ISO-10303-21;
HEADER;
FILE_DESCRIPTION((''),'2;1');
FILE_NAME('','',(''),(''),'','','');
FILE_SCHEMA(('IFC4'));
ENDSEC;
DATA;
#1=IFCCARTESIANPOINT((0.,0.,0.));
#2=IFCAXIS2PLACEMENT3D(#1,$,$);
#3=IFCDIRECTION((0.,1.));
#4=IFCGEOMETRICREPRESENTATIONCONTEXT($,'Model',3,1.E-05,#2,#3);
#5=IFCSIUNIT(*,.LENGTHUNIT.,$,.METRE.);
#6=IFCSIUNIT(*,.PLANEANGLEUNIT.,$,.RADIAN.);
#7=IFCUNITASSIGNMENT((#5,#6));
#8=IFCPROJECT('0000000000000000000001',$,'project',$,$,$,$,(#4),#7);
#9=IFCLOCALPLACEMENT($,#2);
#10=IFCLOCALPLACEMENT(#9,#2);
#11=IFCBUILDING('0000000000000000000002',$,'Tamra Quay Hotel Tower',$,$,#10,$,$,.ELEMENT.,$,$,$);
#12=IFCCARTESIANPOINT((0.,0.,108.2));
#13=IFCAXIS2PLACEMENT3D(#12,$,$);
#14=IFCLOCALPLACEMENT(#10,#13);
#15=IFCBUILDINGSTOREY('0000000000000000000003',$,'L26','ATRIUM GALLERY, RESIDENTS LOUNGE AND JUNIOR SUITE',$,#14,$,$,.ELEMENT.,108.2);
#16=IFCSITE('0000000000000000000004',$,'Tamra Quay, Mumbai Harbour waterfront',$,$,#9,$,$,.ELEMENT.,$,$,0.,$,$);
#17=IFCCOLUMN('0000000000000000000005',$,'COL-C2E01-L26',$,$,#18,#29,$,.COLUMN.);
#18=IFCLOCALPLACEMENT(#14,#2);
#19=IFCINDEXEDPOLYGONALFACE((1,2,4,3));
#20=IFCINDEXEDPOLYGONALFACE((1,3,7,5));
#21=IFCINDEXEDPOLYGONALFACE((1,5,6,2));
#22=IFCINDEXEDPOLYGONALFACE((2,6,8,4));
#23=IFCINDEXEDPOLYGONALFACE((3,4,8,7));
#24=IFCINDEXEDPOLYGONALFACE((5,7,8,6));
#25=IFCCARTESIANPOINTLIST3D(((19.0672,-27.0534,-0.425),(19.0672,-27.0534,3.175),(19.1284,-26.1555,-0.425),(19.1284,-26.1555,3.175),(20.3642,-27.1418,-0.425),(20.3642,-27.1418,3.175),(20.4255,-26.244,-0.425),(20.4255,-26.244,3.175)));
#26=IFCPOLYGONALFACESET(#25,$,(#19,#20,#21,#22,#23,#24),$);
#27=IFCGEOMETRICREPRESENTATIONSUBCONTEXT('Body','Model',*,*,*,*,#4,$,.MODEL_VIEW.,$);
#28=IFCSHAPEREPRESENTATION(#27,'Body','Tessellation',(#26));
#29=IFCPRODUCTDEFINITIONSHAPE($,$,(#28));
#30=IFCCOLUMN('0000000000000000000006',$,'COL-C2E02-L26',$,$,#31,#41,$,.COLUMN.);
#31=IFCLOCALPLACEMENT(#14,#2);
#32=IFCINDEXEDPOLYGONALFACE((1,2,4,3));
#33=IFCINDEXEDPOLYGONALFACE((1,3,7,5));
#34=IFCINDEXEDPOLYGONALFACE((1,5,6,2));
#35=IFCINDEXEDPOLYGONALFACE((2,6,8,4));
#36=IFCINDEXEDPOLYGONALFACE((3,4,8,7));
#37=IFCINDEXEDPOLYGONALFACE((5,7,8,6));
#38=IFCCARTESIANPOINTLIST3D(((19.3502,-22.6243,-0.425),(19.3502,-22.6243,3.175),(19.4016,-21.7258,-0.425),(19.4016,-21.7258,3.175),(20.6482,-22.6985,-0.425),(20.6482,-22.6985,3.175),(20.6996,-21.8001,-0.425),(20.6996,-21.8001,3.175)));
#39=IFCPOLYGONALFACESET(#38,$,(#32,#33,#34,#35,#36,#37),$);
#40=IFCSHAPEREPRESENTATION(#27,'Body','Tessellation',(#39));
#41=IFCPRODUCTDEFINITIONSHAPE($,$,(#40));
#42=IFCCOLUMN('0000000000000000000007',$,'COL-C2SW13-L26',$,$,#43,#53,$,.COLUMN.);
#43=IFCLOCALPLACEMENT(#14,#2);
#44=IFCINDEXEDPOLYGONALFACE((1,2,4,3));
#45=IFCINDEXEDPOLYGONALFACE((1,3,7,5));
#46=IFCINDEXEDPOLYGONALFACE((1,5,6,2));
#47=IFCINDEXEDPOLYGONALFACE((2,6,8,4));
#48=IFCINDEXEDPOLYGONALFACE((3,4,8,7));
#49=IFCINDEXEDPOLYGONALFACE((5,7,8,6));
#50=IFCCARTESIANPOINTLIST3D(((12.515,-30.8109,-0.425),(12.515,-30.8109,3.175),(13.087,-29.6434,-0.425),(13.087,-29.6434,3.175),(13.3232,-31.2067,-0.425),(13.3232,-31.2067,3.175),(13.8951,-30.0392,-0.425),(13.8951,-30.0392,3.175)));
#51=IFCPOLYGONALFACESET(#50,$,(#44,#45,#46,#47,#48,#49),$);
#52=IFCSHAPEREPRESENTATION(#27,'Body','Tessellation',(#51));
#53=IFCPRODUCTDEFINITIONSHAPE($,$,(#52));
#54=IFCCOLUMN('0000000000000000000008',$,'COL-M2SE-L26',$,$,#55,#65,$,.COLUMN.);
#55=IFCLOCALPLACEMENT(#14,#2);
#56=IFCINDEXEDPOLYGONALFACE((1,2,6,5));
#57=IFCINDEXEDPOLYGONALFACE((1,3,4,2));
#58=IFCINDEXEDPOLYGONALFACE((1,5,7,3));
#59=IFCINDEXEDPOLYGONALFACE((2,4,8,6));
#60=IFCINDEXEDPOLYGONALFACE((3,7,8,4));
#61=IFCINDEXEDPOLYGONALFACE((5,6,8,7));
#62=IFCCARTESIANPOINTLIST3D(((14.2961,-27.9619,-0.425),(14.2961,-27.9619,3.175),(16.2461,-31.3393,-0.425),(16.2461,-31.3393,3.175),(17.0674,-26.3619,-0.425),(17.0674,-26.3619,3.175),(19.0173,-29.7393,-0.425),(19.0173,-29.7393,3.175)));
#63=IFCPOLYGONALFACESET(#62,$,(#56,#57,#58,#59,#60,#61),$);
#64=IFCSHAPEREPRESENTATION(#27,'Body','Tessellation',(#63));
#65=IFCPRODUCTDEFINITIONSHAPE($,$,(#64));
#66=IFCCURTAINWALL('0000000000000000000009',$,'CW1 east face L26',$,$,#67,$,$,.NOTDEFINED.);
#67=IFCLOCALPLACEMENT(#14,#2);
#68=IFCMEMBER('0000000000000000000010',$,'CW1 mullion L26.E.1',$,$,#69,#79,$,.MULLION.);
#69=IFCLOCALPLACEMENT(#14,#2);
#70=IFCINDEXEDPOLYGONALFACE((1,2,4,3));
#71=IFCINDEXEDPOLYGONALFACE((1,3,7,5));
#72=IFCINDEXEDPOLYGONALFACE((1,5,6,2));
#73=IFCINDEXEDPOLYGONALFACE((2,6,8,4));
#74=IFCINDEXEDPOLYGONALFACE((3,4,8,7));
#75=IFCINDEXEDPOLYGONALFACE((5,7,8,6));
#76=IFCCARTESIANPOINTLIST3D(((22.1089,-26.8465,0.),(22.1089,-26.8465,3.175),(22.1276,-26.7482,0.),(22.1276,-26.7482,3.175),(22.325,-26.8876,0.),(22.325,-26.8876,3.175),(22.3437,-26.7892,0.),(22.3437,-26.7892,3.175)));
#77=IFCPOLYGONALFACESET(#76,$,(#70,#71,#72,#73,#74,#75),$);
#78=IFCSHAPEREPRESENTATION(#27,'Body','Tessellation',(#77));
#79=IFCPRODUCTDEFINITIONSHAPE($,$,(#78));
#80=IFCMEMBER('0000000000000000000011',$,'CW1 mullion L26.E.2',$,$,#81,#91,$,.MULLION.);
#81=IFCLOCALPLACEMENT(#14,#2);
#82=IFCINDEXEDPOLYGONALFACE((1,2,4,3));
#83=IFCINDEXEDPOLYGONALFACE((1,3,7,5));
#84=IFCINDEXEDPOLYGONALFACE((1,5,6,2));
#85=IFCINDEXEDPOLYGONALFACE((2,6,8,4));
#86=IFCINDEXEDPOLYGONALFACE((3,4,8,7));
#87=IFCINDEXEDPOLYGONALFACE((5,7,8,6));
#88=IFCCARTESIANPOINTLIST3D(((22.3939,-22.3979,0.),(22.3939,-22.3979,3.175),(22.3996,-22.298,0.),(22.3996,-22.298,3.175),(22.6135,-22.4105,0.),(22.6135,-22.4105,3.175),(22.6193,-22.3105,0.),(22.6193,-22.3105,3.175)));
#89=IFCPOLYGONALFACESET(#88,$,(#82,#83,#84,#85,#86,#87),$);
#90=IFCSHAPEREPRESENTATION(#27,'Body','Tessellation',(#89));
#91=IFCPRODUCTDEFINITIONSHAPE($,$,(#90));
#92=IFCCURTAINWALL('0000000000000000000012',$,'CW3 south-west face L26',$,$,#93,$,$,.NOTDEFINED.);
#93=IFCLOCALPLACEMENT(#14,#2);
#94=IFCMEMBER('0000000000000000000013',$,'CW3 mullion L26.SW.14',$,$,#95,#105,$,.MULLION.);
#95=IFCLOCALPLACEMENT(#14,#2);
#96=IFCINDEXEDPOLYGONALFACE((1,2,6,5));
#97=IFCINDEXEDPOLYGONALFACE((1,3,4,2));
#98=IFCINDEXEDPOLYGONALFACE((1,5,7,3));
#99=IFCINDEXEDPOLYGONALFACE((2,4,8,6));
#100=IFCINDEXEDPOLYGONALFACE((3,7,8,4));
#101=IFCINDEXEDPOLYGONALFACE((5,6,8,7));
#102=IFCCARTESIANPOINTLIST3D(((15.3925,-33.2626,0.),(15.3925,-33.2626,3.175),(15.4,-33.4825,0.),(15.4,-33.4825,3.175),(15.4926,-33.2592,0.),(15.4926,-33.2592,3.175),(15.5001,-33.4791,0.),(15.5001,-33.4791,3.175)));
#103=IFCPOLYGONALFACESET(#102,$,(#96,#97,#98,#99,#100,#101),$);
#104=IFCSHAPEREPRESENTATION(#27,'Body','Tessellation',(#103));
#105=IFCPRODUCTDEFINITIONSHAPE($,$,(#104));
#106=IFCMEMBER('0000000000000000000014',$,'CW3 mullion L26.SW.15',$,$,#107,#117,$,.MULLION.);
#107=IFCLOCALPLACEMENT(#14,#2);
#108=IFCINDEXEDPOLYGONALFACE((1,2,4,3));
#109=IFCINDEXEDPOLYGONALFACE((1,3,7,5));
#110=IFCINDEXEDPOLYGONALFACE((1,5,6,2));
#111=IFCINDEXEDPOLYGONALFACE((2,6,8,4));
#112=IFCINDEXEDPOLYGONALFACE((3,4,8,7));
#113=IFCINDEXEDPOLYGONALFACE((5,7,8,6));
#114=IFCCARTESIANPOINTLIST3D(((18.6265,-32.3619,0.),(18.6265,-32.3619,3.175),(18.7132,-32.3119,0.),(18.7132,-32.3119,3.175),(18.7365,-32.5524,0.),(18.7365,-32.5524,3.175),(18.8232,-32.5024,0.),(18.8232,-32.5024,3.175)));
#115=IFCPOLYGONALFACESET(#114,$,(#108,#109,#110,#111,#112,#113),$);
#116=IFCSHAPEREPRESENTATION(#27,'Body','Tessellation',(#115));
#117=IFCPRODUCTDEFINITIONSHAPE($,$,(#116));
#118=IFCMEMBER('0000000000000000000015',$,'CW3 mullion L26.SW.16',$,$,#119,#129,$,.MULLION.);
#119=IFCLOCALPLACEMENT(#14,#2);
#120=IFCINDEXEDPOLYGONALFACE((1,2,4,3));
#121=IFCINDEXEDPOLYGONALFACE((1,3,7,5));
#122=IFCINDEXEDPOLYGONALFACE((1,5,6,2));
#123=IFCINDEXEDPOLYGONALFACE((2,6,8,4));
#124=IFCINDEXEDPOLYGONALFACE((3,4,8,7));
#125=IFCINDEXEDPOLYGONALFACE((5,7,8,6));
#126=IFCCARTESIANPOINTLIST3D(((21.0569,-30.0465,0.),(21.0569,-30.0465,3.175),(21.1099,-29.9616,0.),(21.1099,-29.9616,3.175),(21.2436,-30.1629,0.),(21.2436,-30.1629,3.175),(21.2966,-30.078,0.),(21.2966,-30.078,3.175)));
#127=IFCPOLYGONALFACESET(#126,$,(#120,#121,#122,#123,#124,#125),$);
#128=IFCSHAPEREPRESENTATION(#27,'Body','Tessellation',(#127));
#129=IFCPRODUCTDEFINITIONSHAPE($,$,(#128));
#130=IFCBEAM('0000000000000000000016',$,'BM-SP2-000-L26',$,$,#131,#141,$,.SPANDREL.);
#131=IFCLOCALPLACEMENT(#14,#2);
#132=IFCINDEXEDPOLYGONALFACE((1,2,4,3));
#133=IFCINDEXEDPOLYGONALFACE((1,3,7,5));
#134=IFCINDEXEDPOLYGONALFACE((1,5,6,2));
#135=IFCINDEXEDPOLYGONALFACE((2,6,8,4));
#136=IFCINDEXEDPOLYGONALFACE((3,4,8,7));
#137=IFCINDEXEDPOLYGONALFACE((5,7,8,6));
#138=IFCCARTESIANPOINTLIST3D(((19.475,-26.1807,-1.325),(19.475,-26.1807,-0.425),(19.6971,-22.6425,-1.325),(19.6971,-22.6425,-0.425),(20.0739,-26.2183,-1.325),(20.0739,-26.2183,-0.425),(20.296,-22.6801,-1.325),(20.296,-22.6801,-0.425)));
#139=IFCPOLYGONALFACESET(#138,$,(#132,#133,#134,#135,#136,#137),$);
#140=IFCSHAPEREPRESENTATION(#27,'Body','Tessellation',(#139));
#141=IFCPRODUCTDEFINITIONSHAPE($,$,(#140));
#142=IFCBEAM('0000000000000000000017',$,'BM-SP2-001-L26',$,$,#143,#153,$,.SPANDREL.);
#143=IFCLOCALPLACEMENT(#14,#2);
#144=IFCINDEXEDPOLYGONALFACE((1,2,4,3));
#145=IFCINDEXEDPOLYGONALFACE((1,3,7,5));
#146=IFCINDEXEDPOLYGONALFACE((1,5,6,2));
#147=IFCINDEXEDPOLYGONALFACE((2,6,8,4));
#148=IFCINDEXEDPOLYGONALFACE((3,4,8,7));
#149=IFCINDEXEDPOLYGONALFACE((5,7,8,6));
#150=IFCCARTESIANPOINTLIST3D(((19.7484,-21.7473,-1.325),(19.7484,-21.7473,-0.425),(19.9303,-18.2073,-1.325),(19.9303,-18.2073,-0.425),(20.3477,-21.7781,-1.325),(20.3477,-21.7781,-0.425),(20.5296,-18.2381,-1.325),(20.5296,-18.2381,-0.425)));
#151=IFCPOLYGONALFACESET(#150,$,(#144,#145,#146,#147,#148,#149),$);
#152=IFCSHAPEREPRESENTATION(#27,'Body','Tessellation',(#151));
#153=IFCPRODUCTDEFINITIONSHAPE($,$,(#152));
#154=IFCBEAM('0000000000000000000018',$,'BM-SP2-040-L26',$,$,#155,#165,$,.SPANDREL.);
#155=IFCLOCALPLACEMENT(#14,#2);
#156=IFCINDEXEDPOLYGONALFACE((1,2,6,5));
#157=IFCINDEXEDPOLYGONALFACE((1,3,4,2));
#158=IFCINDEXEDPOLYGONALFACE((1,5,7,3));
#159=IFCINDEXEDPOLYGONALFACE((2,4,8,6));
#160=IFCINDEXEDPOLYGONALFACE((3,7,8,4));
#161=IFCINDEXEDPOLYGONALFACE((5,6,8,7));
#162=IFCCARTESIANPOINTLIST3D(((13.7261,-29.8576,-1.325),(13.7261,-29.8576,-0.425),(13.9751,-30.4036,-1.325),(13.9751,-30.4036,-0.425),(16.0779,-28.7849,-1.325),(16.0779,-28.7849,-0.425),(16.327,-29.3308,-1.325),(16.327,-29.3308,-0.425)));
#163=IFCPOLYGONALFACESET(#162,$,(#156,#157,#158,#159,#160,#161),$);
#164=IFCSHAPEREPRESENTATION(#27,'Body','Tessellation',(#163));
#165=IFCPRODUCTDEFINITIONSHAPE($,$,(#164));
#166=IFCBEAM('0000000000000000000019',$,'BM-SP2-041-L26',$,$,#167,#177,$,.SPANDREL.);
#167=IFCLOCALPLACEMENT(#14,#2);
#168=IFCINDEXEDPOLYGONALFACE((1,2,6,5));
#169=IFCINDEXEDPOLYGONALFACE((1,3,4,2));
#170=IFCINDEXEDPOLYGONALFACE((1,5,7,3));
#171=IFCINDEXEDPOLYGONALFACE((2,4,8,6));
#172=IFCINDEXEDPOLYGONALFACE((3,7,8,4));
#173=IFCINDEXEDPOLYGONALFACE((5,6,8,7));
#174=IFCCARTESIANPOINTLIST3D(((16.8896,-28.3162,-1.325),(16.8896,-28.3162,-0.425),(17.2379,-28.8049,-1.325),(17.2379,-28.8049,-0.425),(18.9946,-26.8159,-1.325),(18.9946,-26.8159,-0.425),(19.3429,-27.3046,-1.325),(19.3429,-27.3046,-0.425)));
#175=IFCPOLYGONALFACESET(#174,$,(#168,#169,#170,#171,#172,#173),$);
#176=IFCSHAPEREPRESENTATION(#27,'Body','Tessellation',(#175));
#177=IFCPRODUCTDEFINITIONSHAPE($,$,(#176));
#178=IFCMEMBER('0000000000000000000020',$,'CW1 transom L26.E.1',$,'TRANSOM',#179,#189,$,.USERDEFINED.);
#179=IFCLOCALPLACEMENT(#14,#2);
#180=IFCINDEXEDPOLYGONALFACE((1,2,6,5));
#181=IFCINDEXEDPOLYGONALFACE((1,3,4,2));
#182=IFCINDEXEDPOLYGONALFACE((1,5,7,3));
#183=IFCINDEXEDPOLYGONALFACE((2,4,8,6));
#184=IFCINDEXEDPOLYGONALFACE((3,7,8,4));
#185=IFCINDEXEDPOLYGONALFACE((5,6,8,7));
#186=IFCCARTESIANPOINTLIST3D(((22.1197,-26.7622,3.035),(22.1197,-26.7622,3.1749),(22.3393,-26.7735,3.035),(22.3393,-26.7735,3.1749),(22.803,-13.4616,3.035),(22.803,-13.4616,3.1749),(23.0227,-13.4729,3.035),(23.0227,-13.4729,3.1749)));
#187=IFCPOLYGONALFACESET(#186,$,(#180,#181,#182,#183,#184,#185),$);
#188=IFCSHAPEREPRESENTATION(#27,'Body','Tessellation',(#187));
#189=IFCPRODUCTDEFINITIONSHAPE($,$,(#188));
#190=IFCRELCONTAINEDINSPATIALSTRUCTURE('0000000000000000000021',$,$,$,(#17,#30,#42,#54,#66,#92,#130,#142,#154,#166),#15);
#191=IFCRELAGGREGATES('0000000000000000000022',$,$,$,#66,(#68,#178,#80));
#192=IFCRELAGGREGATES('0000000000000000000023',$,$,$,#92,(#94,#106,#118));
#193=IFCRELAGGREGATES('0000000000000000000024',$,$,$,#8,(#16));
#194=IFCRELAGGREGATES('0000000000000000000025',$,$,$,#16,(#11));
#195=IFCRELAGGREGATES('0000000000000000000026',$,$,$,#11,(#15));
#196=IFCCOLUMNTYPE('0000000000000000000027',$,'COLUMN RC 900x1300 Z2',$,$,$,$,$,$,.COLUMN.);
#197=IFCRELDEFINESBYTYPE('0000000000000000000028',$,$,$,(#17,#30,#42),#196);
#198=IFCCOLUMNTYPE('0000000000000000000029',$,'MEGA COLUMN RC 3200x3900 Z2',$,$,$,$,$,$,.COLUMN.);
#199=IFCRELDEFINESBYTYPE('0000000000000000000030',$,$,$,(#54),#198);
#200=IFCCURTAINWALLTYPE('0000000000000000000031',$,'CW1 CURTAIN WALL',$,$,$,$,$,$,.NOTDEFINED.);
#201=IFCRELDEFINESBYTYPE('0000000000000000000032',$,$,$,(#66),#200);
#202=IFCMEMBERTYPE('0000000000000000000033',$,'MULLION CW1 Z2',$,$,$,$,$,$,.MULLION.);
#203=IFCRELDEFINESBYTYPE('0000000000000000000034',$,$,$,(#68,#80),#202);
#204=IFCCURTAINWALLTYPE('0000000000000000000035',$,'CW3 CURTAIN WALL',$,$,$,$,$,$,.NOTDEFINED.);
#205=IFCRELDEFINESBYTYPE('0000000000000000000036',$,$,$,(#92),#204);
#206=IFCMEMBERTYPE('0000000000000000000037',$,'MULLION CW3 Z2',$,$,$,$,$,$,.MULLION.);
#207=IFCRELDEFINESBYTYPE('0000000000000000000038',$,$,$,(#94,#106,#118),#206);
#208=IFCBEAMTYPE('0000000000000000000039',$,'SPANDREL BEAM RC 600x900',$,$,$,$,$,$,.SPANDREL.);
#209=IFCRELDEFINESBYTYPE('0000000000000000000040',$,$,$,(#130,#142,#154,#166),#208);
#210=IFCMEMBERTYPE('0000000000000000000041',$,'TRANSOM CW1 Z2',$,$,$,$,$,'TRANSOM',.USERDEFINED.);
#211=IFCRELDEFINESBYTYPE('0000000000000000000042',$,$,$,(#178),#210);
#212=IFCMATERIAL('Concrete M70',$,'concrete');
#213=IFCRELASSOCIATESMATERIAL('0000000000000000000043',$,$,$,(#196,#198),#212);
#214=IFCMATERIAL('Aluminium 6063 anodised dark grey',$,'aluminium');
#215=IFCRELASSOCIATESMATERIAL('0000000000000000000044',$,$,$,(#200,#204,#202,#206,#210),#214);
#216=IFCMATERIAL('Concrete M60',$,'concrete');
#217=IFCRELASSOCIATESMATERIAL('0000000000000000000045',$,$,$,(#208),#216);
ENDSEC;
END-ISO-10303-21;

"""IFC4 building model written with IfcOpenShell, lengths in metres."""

from ifc_helpers import new_model, si_unit, direction, frame, origin, origin_2d, place, context, subcontext, project, spatial, rectangle, extrude, material, material_profile, profile_set, type_object, element, aggregate, save


model = new_model("IFC4")

# Units and contexts
model_context = context("Model", 3, precision=1e-05, world=origin(), true_north=direction((0.0, 1.0)))
body_context = subcontext(model_context, "Body", "Model", "MODEL_VIEW")
ifc_project = project(units=[si_unit("LENGTHUNIT", "METRE"), si_unit("PLANEANGLEUNIT", "RADIAN")], contexts=[model_context])

# Site, building, storey
site_placement = place(None, origin())
site = spatial("IfcSite", under=ifc_project, at=site_placement, Name="Tamra Quay, Mumbai Harbour waterfront", CompositionType="ELEMENT", RefElevation=0.0)
building_placement = place(site_placement, origin())
building = spatial("IfcBuilding", under=site, at=building_placement, Name="Tamra Quay Hotel Tower", CompositionType="ELEMENT")
storey_placement = place(building_placement, frame((0.0, 0.0, 108.2)))
storey = spatial("IfcBuildingStorey", under=building, at=storey_placement, Name="L26", Description="ATRIUM GALLERY, RESIDENTS LOUNGE AND JUNIOR SUITE", CompositionType="ELEMENT", Elevation=108.2)

# Columns
ifc_material_1 = material(Name="Concrete M70", Category="concrete")
ifc_material_profile_1 = material_profile(ifc_material_1, rectangle(XDim=1.3, YDim=0.8999, at=origin_2d()), Name="COLUMN RC 900x1300 Z2")
ifc_profile_set_1 = profile_set([ifc_material_profile_1], Name="Concrete M70")
column_type_1 = type_object("IfcColumnType", Name="COLUMN RC 900x1300 Z2", PredefinedType="COLUMN", material=ifc_profile_set_1)
for number, where, z_axis, x_axis, name in (
    (1, (19.7463, -26.6487, -0.425), (0.0, 0.0, 1.0), (-0.997682, 0.068041, 0.0), "COL-C2E01-L26"),
    (2, (20.0249, -22.2122, -0.425), (0.0, 0.0, 1.0), (-0.998368, 0.057108, 0.0), "COL-C2E02-L26"),
    (3, (13.2051, -30.425, -0.425), (0.0, 0.0, 1.0), (0.439916, 0.898039, 0.0), "COL-C2SW13-L26"),
):
    element("IfcColumn", number, at=place(storey_placement, frame(where, z_axis=z_axis, x_axis=x_axis)), inside=storey, type_object=column_type_1, Name=name, PredefinedType="COLUMN", context=body_context, shape_type="SweptSolid", body=[
        extrude(rectangle(XDim=1.3, YDim=0.8999, at=origin_2d()), origin(), (0.0, 0.0, 1.0), 3.6001),
    ])
ifc_material_profile_2 = material_profile(ifc_material_1, rectangle(XDim=3.8999, YDim=3.2, at=origin_2d()), Name="MEGA COLUMN RC 3200x3900 Z2")
ifc_profile_set_2 = profile_set([ifc_material_profile_2], Name="Concrete M70")
column_type_2 = type_object("IfcColumnType", Name="MEGA COLUMN RC 3200x3900 Z2", PredefinedType="COLUMN", material=ifc_profile_set_2)
column_placement = place(storey_placement, frame((16.6567, -28.8506, -0.425), z_axis=(0.0, 0.0, 1.0), x_axis=(-0.5, 0.866025, 0.0)))
element("IfcColumn", 4, at=column_placement, inside=storey, type_object=column_type_2, Name="COL-M2SE-L26", PredefinedType="COLUMN", context=body_context, shape_type="SweptSolid", body=[
    extrude(rectangle(XDim=3.8999, YDim=3.2, at=origin_2d()), origin(), (0.0, 0.0, 1.0), 3.6001),
])

# Curtain walls, members
ifc_material_2 = material(Name="Aluminium 6063 anodised dark grey", Category="aluminium")
curtain_wall_type_1 = type_object("IfcCurtainWallType", Name="CW1 CURTAIN WALL", PredefinedType="NOTDEFINED", material=ifc_material_2)
curtain_wall_1_placement = place(storey_placement, origin())
curtain_wall_1 = element("IfcCurtainWall", 5, at=curtain_wall_1_placement, inside=storey, type_object=curtain_wall_type_1, Name="CW1 east face L26", PredefinedType="NOTDEFINED")
ifc_material_profile_3 = material_profile(ifc_material_2, rectangle(XDim=0.22, YDim=0.1001, at=origin_2d()), Name="MULLION 100X220")
ifc_profile_set_3 = profile_set([ifc_material_profile_3], Name="Aluminium 6063 anodised dark grey")
member_type_1 = type_object("IfcMemberType", Name="MULLION CW1 Z2", PredefinedType="MULLION", material=ifc_profile_set_3)
member_1_placement = place(storey_placement, frame((22.2263, -26.8179, 0.0), z_axis=(0.0, 0.0, 1.0), x_axis=(0.982419, -0.186689, 0.0)))
member_1 = element("IfcMember", 6, at=member_1_placement, type_object=member_type_1, Name="CW1 mullion L26.E.1", PredefinedType="MULLION", context=body_context, shape_type="SweptSolid", body=[
    extrude(rectangle(XDim=0.22, YDim=0.1001, at=origin_2d()), origin(), (0.0, 0.0, 1.0), 3.175),
])
member_2_placement = place(storey_placement, frame((22.5066, -22.3542, 0.0), z_axis=(0.0, 0.0, 1.0), x_axis=(0.998374, -0.056996, 0.0)))
member_2 = element("IfcMember", 7, at=member_2_placement, type_object=member_type_1, Name="CW1 mullion L26.E.2", PredefinedType="MULLION", context=body_context, shape_type="SweptSolid", body=[
    extrude(rectangle(XDim=0.22, YDim=0.1001, at=origin_2d()), origin(), (0.0, 0.0, 1.0), 3.175),
])
curtain_wall_type_2 = type_object("IfcCurtainWallType", Name="CW3 CURTAIN WALL", PredefinedType="NOTDEFINED", material=ifc_material_2)
curtain_wall_2_placement = place(storey_placement, origin())
curtain_wall_2 = element("IfcCurtainWall", 8, at=curtain_wall_2_placement, inside=storey, type_object=curtain_wall_type_2, Name="CW3 south-west face L26", PredefinedType="NOTDEFINED")
ifc_material_profile_4 = material_profile(ifc_material_2, rectangle(XDim=0.22, YDim=0.1001, at=origin_2d()), Name="MULLION 100X220")
ifc_profile_set_4 = profile_set([ifc_material_profile_4], Name="Aluminium 6063 anodised dark grey")
member_type_2 = type_object("IfcMemberType", Name="MULLION CW3 Z2", PredefinedType="MULLION", material=ifc_profile_set_4)
member_3_placement = place(storey_placement, frame((15.4463, -33.3708, 0.0), z_axis=(0.0, 0.0, 1.0), x_axis=(0.034041, -0.99942, 0.0)))
member_3 = element("IfcMember", 9, at=member_3_placement, type_object=member_type_2, Name="CW3 mullion L26.SW.14", PredefinedType="MULLION", context=body_context, shape_type="SweptSolid", body=[
    extrude(rectangle(XDim=0.22, YDim=0.1001, at=origin_2d()), origin(), (0.0, 0.0, 1.0), 3.175),
])
member_4_placement = place(storey_placement, frame((18.7249, -32.4321, 0.0), z_axis=(0.0, 0.0, 1.0), x_axis=(0.5, -0.866025, 0.0)))
member_4 = element("IfcMember", 10, at=member_4_placement, type_object=member_type_2, Name="CW3 mullion L26.SW.15", PredefinedType="MULLION", context=body_context, shape_type="SweptSolid", body=[
    extrude(rectangle(XDim=0.22, YDim=0.1001, at=origin_2d()), origin(), (0.0, 0.0, 1.0), 3.175),
])
member_5_placement = place(storey_placement, frame((21.1768, -30.0623, 0.0), z_axis=(0.0, 0.0, 1.0), x_axis=(0.848503, -0.52919, 0.0)))
member_5 = element("IfcMember", 11, at=member_5_placement, type_object=member_type_2, Name="CW3 mullion L26.SW.16", PredefinedType="MULLION", context=body_context, shape_type="SweptSolid", body=[
    extrude(rectangle(XDim=0.22, YDim=0.1001, at=origin_2d()), origin(), (0.0, 0.0, 1.0), 3.175),
])

# Beams
ifc_material_3 = material(Name="Concrete M60", Category="concrete")
ifc_material_profile_5 = material_profile(ifc_material_3, rectangle(XDim=0.6001, YDim=0.8999, at=origin_2d()), Name="SPANDREL BEAM RC 600x900")
ifc_profile_set_5 = profile_set([ifc_material_profile_5], Name="Concrete M60")
beam_type = type_object("IfcBeamType", Name="SPANDREL BEAM RC 600x900", PredefinedType="SPANDREL", material=ifc_profile_set_5)
beam_1_placement = place(storey_placement, frame((19.7744, -26.1995, -0.875), z_axis=(0.06267, 0.998034, 0.0), x_axis=(-0.998034, 0.06267, 0.0)))
element("IfcBeam", 12, at=beam_1_placement, inside=storey, type_object=beam_type, Name="BM-SP2-000-L26", PredefinedType="SPANDREL", context=body_context, shape_type="SweptSolid", body=[
    extrude(rectangle(XDim=0.6001, YDim=0.8999, at=origin_2d()), origin(), (0.0, 0.0, 1.0), 3.5452),
])
beam_2_placement = place(storey_placement, frame((20.0481, -21.7627, -0.875), z_axis=(0.051312, 0.998683, 0.0), x_axis=(-0.998683, 0.051312, 0.0)))
element("IfcBeam", 13, at=beam_2_placement, inside=storey, type_object=beam_type, Name="BM-SP2-001-L26", PredefinedType="SPANDREL", context=body_context, shape_type="SweptSolid", body=[
    extrude(rectangle(XDim=0.6001, YDim=0.8999, at=origin_2d()), origin(), (0.0, 0.0, 1.0), 3.5447),
])
for number, where, z_axis, x_axis, name in (
    (14, (13.8506, -30.1306, -0.875), (0.909819, 0.415005, 0.0), (-0.415005, 0.909819, 0.0), "BM-SP2-040-L26"),
    (15, (17.0637, -28.5605, -0.875), (0.814339, 0.580389, 0.0), (-0.580389, 0.814339, 0.0), "BM-SP2-041-L26"),
):
    element("IfcBeam", number, at=place(storey_placement, frame(where, z_axis=z_axis, x_axis=x_axis)), inside=storey, type_object=beam_type, Name=name, PredefinedType="SPANDREL", context=body_context, shape_type="SweptSolid", body=[
        extrude(rectangle(XDim=0.6001, YDim=0.8999, at=origin_2d()), origin(), (0.0, 0.0, 1.0), 2.585),
    ])

# Member
ifc_material_profile_6 = material_profile(ifc_material_2, rectangle(XDim=0.22, YDim=0.1399, at=origin_2d()), Name="TRANSOM 220X140")
ifc_profile_set_6 = profile_set([ifc_material_profile_6], Name="Aluminium 6063 anodised dark grey")
member_type_3 = type_object("IfcMemberType", Name="TRANSOM CW1 Z2", ElementType="TRANSOM", PredefinedType="USERDEFINED", material=ifc_profile_set_6)
member_6_placement = place(storey_placement, frame((22.2295, -26.7678, 3.105), z_axis=(0.05131, 0.998683, 0.0), x_axis=(-0.998683, 0.05131, 0.0)))
member_6 = element("IfcMember", 16, at=member_6_placement, type_object=member_type_3, Name="CW1 transom L26.E.1", ObjectType="TRANSOM", PredefinedType="USERDEFINED", context=body_context, shape_type="SweptSolid", body=[
    extrude(rectangle(XDim=0.22, YDim=0.1399, at=origin_2d()), origin(), (0.0, 0.0, 1.0), 13.3181),
])

aggregate(curtain_wall_1, [member_1, member_6, member_2])
aggregate(curtain_wall_2, [member_3, member_4, member_5])

save(model, "model.ifc")
